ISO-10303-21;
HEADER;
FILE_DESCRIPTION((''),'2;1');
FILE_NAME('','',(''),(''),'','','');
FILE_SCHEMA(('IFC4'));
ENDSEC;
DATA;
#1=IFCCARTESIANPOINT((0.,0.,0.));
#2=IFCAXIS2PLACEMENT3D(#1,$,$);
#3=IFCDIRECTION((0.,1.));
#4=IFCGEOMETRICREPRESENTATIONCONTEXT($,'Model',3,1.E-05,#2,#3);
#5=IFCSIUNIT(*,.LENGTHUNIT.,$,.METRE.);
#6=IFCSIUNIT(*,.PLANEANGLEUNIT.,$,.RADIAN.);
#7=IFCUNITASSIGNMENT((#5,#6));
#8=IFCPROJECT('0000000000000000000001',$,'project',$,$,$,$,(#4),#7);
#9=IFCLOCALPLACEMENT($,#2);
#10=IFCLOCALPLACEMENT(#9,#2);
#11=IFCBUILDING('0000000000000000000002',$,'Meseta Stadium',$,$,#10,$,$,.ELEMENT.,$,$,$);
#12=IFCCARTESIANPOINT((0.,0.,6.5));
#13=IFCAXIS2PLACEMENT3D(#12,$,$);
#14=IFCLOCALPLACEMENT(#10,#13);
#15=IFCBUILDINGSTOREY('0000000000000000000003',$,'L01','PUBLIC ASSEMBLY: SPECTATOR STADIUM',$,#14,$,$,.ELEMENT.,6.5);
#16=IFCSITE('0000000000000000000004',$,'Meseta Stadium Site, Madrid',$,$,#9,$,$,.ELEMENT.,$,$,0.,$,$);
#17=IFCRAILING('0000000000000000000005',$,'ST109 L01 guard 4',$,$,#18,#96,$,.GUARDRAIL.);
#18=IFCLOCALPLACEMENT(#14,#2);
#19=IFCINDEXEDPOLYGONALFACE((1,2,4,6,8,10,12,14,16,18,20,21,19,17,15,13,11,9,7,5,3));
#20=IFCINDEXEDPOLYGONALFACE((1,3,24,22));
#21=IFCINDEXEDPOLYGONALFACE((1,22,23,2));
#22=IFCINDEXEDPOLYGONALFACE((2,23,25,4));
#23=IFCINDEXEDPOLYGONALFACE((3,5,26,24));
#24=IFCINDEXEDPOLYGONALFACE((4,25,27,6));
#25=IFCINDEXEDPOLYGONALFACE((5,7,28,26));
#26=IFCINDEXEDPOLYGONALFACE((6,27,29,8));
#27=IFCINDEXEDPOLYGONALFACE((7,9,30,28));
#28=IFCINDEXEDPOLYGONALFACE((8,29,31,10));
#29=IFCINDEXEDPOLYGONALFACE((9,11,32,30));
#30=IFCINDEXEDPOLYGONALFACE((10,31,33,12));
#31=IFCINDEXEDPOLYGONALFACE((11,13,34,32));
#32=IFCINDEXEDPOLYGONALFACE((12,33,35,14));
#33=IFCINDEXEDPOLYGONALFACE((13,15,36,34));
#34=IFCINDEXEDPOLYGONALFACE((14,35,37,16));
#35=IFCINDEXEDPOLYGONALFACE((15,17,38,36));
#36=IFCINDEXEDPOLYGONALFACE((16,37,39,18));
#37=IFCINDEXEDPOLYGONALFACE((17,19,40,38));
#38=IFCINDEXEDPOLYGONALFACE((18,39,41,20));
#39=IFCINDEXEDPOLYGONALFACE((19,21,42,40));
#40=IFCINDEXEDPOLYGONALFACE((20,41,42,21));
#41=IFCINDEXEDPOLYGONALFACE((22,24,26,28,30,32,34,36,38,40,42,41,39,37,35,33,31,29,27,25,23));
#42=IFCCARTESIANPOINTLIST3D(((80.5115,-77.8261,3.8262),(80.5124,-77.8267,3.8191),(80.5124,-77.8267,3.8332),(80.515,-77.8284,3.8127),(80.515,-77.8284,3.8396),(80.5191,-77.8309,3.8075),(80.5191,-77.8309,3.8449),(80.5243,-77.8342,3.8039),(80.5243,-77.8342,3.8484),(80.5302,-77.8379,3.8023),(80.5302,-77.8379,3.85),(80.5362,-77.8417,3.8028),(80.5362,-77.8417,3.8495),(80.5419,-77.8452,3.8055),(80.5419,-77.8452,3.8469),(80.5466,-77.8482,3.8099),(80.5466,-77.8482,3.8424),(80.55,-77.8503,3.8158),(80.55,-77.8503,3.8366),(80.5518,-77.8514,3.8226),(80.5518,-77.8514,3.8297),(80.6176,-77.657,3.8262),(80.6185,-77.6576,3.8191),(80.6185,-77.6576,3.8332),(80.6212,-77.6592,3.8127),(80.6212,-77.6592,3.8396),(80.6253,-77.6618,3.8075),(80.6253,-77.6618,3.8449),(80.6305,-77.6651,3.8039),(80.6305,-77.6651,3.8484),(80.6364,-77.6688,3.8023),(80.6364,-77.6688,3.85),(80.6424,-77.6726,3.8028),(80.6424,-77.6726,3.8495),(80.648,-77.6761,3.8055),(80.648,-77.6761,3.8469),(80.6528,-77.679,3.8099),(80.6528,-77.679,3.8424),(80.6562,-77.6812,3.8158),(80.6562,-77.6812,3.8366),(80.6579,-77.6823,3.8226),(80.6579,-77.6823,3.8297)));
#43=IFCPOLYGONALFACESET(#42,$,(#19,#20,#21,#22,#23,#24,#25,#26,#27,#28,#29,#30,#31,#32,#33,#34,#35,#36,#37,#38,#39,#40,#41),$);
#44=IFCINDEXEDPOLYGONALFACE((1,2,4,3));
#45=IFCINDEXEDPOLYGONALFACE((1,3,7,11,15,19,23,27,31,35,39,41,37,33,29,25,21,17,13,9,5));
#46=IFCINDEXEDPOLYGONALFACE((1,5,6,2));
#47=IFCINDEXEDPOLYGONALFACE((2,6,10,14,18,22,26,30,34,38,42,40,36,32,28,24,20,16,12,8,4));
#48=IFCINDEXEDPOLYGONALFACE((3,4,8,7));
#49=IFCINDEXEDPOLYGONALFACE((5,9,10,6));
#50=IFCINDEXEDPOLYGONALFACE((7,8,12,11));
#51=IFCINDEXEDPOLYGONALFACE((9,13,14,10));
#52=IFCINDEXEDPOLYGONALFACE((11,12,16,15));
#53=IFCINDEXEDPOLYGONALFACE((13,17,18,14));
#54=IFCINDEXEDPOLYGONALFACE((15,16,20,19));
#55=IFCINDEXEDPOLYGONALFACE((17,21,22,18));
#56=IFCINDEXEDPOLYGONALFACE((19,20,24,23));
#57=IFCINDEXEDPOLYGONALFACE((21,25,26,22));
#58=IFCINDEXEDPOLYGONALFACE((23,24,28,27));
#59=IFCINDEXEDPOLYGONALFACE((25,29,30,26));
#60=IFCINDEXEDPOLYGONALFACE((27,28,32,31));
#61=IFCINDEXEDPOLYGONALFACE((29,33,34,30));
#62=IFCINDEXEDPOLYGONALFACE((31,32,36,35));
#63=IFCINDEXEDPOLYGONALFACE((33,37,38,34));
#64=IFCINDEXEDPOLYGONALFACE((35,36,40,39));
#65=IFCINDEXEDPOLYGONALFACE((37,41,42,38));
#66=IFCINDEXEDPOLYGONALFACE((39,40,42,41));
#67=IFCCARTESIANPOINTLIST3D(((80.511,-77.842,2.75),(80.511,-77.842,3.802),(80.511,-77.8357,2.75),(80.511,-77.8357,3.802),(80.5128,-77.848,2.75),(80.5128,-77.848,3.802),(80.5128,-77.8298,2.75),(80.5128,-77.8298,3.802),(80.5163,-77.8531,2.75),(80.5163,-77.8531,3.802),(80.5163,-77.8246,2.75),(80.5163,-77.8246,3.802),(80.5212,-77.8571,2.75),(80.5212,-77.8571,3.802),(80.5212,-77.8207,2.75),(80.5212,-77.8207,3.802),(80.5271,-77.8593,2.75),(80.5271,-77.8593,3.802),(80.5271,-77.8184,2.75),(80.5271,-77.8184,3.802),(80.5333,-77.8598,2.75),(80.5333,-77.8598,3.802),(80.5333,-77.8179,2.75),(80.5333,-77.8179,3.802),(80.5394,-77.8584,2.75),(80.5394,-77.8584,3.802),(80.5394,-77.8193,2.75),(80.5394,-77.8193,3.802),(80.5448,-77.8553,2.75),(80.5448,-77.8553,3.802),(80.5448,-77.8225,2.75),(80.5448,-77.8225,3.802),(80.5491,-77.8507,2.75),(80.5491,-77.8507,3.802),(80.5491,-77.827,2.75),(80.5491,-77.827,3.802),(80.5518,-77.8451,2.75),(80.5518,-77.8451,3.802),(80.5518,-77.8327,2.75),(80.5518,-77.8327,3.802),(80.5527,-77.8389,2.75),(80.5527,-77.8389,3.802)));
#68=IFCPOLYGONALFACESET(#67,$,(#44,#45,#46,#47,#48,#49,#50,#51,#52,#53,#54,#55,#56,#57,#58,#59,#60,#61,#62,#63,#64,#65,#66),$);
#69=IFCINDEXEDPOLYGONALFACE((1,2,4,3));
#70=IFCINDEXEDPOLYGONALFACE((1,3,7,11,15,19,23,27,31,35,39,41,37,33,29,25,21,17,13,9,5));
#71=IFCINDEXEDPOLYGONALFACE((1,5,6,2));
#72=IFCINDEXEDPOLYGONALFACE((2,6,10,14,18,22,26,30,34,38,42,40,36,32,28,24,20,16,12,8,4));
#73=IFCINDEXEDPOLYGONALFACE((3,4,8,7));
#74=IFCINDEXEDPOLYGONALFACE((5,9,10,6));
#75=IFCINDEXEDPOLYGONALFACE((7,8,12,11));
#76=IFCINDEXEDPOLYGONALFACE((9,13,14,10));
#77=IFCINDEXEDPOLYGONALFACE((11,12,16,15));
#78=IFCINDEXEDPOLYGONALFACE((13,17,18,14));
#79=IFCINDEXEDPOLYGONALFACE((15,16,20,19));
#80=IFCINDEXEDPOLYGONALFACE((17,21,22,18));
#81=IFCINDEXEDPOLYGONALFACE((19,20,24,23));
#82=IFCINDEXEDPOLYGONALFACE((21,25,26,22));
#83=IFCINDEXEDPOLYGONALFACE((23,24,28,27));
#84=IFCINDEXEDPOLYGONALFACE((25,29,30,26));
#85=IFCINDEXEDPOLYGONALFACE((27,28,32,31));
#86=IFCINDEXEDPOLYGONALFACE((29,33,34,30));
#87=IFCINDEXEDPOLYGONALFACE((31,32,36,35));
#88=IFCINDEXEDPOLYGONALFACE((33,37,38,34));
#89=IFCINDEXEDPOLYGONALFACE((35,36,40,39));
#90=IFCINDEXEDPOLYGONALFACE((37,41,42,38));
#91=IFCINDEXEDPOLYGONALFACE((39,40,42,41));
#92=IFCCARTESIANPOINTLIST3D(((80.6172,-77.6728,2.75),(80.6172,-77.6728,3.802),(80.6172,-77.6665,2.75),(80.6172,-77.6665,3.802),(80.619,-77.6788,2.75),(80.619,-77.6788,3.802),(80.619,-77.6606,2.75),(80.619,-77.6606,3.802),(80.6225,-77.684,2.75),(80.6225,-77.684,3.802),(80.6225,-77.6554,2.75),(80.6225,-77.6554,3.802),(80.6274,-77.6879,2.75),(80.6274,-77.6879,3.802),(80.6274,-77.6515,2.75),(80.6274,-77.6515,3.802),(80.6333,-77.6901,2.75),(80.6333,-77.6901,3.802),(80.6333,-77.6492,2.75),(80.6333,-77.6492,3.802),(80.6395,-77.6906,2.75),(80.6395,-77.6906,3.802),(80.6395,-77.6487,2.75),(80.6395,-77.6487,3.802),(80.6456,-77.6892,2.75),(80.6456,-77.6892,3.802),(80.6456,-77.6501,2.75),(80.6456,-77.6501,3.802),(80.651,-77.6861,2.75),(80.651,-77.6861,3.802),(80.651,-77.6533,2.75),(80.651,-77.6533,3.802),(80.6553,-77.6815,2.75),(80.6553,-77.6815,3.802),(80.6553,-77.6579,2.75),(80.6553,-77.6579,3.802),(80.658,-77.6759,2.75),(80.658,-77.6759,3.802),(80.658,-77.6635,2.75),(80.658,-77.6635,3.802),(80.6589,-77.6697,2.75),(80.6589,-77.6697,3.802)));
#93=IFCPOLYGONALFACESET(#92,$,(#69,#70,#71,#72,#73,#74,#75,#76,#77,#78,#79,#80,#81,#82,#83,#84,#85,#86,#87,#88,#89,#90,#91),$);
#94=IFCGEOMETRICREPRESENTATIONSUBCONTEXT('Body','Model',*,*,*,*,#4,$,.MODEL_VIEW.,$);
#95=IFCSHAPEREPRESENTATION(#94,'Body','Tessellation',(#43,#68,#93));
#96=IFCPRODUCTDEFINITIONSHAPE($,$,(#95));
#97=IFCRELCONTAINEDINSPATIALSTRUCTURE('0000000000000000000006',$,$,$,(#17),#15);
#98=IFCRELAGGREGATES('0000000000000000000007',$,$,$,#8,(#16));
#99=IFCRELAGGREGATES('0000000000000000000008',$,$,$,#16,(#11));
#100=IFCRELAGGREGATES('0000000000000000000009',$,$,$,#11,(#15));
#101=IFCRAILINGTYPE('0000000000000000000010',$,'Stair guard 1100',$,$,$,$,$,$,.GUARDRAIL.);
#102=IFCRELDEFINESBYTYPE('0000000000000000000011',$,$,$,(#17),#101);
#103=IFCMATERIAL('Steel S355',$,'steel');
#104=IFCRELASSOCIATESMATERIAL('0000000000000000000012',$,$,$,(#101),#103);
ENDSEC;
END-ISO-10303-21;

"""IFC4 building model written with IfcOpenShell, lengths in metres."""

from ifc_helpers import new_model, si_unit, direction, frame, origin, origin_2d, place, context, subcontext, project, spatial, circle, extrude, material, type_object, element, save


model = new_model("IFC4")

# Units and contexts
model_context = context("Model", 3, precision=1e-05, world=origin(), true_north=direction((0.0, 1.0)))
body_context = subcontext(model_context, "Body", "Model", "MODEL_VIEW")
ifc_project = project(units=[si_unit("LENGTHUNIT", "METRE"), si_unit("PLANEANGLEUNIT", "RADIAN")], contexts=[model_context])

# Site, building, storey
site_placement = place(None, origin())
site = spatial("IfcSite", under=ifc_project, at=site_placement, Name="Meseta Stadium Site, Madrid", CompositionType="ELEMENT", RefElevation=0.0)
building_placement = place(site_placement, origin())
building = spatial("IfcBuilding", under=site, at=building_placement, Name="Meseta Stadium", CompositionType="ELEMENT")
storey_placement = place(building_placement, frame((0.0, 0.0, 6.5)))
storey = spatial("IfcBuildingStorey", under=building, at=storey_placement, Name="L01", Description="PUBLIC ASSEMBLY: SPECTATOR STADIUM", CompositionType="ELEMENT", Elevation=6.5)

# Railing
ifc_material_1 = material(Name="Steel S355", Category="steel")
railing_type_1 = type_object("IfcRailingType", Name="Stair guard 1100", PredefinedType="GUARDRAIL", material=ifc_material_1)
railing_1_placement = place(storey_placement, frame((80.5317, -77.8389, 2.75)))
element("IfcRailing", 1, at=railing_1_placement, inside=storey, type_object=railing_type_1, Name="ST109 L01 guard 4", PredefinedType="GUARDRAIL", context=body_context, shape_type="SweptSolid", body=[
    extrude(circle(Radius=0.0239, at=origin_2d()), frame((0.0, 0.0, 1.0762), z_axis=(0.531646, 0.846967, 0.0), x_axis=(-0.846967, 0.531646, 0.0)), (0.0, 0.0, 1.0), 0.1997),
    extrude(circle(Radius=0.021, at=origin_2d()), origin(), (0.0, 0.0, 1.0), 1.052),
    extrude(circle(Radius=0.021, at=origin_2d()), frame((0.1062, 0.1692, 0.0)), (0.0, 0.0, 1.0), 1.052),
])

save(model, "model.ifc")
